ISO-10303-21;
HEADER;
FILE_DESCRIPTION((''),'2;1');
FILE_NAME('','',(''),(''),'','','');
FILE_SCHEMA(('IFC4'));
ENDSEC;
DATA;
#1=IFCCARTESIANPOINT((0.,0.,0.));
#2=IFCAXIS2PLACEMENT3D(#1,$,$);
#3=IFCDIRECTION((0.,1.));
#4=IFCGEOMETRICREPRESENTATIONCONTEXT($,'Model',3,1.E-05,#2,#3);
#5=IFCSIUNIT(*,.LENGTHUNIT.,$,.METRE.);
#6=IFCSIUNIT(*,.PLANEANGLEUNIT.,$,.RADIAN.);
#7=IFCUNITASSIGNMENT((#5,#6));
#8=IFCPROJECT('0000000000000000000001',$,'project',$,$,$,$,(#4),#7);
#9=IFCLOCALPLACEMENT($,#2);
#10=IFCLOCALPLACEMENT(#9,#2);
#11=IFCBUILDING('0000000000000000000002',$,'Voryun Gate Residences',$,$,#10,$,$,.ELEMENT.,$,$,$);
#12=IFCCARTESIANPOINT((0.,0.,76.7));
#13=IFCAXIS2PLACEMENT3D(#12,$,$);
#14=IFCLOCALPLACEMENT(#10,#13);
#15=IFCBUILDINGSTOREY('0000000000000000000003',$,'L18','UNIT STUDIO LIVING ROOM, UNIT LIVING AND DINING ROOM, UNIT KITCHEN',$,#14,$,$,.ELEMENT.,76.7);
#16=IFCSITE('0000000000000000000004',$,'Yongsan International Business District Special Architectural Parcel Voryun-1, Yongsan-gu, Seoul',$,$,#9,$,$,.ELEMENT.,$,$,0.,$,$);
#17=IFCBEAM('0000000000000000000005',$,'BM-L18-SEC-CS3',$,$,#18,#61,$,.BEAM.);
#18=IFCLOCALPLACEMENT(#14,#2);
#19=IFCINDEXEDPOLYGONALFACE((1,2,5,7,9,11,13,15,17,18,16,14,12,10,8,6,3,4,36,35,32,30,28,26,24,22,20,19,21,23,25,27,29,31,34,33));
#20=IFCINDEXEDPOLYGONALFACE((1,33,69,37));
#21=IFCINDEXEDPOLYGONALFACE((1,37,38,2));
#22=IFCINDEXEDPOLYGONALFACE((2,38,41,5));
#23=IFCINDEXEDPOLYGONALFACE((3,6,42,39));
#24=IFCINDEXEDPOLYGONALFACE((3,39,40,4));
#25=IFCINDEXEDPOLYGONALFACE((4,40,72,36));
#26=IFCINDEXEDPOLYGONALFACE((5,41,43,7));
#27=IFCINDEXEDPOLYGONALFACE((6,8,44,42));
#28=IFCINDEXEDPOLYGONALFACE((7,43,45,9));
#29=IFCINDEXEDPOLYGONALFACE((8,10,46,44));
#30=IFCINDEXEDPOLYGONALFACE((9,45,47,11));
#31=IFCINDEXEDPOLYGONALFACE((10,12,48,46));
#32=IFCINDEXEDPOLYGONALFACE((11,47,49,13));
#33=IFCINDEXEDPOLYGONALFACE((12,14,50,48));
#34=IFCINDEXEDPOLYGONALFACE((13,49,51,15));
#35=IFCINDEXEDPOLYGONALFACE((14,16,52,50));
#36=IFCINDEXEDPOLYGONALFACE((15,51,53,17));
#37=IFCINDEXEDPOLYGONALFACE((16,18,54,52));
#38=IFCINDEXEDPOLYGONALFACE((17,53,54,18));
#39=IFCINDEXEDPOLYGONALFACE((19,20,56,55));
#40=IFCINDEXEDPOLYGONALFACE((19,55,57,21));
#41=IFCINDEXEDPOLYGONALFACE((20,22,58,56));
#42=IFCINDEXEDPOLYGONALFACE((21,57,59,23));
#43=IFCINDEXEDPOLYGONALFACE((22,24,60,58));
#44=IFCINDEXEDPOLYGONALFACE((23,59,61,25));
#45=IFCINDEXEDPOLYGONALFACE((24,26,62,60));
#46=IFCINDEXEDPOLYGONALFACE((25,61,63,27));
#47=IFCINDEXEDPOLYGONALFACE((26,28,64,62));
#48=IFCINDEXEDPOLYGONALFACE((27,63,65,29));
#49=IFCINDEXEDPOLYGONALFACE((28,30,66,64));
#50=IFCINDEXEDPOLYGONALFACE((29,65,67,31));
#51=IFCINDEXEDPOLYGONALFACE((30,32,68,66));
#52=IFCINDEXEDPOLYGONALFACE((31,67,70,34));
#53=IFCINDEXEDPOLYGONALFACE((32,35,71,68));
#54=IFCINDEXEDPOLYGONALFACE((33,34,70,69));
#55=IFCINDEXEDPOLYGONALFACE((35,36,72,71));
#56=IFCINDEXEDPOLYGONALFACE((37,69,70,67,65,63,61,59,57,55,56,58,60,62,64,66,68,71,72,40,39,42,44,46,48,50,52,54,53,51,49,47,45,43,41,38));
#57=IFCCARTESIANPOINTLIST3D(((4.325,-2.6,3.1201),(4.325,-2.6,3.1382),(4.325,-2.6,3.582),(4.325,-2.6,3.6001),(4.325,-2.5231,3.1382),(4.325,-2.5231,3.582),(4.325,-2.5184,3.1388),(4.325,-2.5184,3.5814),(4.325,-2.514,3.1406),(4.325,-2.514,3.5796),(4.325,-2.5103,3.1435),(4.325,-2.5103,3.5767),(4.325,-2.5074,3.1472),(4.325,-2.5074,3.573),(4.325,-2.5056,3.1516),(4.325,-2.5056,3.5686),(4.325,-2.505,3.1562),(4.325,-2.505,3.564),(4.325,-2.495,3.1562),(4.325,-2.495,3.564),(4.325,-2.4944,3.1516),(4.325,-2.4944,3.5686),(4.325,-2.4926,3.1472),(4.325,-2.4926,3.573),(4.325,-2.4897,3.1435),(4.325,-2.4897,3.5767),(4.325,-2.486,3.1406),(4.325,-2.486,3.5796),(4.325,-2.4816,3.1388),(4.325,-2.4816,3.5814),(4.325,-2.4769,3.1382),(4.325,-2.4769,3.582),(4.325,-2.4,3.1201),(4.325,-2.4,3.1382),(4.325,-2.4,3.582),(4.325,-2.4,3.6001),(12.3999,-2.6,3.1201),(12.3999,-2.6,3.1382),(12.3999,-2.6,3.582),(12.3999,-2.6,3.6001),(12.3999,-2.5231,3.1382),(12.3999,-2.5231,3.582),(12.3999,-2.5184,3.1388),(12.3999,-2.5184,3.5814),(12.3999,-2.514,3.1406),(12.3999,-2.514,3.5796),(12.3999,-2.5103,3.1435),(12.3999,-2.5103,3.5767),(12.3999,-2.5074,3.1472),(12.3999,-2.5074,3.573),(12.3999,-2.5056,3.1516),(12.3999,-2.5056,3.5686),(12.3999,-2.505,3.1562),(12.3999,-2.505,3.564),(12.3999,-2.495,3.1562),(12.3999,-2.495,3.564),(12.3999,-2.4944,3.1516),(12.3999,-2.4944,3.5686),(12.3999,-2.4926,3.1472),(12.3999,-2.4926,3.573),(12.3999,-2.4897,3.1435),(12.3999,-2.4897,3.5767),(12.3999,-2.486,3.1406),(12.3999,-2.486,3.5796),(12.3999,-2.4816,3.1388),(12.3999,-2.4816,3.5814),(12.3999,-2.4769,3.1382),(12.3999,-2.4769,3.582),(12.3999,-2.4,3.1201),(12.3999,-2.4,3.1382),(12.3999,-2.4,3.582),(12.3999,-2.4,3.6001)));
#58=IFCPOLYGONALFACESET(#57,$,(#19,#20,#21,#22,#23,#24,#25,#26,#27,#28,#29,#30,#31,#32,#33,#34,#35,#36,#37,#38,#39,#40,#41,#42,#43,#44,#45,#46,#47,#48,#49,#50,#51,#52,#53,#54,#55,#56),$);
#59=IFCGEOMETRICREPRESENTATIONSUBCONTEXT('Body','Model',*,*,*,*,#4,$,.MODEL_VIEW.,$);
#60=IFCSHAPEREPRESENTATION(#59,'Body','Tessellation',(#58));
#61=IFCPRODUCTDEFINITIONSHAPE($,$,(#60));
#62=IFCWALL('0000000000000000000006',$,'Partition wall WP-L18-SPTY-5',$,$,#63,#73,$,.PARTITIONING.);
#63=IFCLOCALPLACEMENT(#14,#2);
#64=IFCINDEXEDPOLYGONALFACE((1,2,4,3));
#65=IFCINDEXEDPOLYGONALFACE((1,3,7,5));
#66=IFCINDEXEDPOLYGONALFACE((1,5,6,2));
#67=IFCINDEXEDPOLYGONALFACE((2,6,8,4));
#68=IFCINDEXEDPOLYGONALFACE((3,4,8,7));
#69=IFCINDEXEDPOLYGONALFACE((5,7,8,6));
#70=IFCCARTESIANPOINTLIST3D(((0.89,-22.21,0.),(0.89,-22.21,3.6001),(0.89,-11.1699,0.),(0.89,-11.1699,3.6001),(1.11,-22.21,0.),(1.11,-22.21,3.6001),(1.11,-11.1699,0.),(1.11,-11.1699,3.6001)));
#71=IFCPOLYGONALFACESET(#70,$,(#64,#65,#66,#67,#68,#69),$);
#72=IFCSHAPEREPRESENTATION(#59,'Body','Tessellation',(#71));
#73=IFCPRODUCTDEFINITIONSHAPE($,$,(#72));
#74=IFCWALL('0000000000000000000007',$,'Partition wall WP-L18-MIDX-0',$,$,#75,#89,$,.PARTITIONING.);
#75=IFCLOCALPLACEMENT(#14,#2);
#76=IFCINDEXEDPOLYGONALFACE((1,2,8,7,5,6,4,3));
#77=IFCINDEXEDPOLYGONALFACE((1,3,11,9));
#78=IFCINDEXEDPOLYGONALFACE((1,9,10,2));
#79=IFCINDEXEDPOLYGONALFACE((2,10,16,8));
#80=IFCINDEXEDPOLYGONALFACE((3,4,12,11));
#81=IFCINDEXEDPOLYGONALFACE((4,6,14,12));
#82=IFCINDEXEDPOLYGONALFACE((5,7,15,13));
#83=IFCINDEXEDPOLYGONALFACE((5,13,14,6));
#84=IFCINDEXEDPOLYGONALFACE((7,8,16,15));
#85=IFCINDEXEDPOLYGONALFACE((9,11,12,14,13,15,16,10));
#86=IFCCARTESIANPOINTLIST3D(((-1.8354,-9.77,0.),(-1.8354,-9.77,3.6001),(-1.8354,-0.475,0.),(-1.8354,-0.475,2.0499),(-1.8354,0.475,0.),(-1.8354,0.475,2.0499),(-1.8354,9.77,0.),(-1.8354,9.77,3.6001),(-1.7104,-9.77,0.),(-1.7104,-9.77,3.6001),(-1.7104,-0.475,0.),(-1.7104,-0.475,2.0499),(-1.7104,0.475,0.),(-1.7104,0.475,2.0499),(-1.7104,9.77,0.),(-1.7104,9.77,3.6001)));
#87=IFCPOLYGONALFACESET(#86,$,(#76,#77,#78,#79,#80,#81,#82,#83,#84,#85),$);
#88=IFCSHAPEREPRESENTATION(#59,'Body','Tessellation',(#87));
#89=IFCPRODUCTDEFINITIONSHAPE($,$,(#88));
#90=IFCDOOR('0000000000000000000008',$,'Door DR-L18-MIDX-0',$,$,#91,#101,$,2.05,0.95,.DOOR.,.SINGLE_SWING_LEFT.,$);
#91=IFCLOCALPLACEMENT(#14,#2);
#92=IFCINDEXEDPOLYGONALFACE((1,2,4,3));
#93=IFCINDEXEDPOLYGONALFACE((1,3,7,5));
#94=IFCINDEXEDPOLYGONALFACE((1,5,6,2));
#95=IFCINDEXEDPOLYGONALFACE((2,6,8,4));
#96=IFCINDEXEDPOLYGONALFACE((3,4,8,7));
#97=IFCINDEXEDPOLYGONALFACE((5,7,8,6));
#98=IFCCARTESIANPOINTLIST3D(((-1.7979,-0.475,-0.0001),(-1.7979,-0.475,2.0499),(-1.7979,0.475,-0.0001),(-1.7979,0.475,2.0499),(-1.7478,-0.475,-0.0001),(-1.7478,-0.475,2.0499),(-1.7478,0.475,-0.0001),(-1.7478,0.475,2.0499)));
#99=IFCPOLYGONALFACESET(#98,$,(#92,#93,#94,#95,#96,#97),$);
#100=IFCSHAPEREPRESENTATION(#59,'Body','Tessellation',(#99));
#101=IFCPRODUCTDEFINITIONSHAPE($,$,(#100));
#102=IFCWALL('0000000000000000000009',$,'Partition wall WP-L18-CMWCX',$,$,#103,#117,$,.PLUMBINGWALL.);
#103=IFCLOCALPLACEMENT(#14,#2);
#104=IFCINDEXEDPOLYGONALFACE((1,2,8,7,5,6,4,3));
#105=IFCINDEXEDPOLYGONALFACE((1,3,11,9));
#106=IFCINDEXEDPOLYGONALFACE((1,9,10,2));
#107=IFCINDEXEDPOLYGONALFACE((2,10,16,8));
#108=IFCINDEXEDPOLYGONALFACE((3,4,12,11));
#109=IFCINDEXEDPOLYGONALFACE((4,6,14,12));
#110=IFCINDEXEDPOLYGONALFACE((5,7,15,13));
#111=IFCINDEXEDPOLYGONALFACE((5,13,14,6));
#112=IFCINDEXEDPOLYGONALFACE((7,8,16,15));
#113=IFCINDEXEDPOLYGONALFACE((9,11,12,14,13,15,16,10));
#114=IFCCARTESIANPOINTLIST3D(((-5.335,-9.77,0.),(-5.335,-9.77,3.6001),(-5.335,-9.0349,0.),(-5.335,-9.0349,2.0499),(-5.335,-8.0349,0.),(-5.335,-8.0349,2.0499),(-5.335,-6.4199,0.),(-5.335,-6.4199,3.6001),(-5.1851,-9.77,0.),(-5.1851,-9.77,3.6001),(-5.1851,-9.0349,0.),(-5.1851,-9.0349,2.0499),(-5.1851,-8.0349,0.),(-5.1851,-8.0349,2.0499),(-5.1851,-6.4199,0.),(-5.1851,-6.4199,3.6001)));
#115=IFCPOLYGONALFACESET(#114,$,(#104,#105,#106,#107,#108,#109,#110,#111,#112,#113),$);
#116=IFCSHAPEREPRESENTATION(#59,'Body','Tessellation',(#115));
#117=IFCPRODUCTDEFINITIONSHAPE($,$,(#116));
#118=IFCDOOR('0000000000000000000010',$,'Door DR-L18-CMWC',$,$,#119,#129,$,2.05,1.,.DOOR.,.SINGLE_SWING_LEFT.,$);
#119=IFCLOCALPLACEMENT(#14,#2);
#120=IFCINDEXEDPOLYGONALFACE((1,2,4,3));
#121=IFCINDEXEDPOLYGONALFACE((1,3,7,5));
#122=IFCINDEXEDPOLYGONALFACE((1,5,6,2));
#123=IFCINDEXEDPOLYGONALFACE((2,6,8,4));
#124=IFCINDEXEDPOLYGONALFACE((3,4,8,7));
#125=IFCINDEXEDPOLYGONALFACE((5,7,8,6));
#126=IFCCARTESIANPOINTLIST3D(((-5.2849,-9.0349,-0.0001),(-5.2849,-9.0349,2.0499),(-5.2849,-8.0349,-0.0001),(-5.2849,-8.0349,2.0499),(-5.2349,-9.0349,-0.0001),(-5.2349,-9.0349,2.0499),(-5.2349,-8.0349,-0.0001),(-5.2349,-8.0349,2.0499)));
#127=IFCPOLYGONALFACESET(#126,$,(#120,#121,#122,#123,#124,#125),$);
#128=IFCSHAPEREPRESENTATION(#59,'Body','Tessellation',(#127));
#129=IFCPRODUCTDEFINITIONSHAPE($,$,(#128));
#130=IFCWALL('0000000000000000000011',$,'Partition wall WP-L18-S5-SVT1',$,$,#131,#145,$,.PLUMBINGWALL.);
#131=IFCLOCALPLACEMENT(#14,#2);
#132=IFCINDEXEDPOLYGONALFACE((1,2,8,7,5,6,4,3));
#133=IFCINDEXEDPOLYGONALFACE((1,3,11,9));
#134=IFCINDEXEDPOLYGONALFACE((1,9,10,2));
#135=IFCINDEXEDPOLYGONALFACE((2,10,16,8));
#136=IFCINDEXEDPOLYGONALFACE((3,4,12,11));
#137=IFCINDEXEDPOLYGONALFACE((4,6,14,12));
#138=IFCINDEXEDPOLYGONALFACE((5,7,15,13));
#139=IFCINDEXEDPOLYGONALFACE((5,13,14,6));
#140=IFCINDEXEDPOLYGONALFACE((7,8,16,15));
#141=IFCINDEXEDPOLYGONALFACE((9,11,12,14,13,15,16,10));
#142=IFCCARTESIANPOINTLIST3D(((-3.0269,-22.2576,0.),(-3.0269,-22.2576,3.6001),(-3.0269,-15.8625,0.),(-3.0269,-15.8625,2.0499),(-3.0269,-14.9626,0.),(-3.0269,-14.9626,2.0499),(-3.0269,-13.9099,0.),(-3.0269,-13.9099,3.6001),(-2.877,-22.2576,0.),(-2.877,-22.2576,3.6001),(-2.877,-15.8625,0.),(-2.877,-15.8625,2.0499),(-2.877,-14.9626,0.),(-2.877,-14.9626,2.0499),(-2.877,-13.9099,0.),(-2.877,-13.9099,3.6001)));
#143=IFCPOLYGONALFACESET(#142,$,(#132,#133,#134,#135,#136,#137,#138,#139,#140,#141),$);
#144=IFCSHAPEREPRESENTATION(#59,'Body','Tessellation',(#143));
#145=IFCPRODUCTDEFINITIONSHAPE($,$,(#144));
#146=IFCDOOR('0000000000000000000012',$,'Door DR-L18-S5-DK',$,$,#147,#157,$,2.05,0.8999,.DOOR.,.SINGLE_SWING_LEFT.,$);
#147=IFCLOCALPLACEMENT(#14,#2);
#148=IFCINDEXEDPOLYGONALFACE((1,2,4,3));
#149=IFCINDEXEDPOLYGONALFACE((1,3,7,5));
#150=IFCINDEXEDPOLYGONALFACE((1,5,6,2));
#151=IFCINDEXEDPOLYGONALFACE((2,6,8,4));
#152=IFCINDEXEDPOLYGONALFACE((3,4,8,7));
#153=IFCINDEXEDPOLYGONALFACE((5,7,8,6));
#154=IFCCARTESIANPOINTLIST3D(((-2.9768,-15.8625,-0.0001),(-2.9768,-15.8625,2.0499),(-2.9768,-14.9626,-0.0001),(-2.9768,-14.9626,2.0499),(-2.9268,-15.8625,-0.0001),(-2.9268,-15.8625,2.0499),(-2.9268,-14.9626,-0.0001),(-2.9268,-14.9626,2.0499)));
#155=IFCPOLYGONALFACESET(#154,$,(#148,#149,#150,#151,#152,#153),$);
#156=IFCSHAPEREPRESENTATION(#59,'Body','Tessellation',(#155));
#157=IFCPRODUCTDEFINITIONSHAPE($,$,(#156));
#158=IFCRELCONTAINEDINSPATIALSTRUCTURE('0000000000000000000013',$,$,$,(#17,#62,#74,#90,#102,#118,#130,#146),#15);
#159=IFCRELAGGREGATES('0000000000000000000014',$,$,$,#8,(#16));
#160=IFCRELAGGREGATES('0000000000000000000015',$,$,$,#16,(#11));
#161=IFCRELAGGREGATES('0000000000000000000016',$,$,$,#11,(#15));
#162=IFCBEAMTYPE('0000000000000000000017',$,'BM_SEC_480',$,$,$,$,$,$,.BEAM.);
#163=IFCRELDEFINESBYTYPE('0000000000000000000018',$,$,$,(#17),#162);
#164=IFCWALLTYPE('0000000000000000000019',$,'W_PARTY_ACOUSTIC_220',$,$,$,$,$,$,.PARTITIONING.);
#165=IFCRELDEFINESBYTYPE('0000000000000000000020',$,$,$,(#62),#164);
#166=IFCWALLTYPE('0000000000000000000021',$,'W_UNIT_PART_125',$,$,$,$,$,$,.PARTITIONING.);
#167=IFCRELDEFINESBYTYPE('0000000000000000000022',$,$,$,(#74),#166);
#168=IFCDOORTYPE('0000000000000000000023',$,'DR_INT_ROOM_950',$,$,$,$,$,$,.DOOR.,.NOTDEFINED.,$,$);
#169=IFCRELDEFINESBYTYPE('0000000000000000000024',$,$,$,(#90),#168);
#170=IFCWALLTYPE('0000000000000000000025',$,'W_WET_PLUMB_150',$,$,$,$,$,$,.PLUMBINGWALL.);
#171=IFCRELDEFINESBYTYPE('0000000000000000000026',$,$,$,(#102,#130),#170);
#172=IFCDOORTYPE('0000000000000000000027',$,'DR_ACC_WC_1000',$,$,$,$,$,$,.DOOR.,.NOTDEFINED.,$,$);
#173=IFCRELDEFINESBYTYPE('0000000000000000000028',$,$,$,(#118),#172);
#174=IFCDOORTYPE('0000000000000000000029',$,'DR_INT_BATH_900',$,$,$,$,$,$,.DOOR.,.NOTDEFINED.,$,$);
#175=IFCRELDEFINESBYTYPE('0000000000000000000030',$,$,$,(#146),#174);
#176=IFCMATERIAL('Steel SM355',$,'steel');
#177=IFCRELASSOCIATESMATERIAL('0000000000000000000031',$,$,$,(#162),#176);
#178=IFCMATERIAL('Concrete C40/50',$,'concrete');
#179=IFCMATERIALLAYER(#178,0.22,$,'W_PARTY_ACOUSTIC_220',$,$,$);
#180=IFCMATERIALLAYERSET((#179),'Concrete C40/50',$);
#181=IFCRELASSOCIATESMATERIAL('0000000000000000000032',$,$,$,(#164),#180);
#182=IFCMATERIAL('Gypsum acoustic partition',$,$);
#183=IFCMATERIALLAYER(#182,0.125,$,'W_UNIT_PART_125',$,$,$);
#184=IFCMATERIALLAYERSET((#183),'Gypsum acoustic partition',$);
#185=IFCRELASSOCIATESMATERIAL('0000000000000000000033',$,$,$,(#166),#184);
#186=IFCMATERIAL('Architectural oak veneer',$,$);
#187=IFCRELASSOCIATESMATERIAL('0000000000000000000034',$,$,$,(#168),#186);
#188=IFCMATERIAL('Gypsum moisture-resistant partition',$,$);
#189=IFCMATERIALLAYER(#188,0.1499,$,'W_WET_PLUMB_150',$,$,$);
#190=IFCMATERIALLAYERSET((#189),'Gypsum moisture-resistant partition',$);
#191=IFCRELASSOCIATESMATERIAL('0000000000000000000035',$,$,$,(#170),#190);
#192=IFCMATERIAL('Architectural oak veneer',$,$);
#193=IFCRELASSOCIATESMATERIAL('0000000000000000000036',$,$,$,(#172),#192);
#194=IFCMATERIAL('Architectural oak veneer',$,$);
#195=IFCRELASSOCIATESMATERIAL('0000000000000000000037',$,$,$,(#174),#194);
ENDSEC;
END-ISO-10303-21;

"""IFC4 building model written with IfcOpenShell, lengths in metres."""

from ifc_helpers import new_model, si_unit, direction, frame, frame_2d, origin, origin_2d, place, context, subcontext, project, spatial, rectangle, i_section, extrude, material, layer, layer_set, material_profile, profile_set, type_object, element, fill, save


model = new_model("IFC4")

# Units and contexts
model_context = context("Model", 3, precision=1e-05, world=origin(), true_north=direction((0.0, 1.0)))
body_context = subcontext(model_context, "Body", "Model", "MODEL_VIEW")
ifc_project = project(units=[si_unit("LENGTHUNIT", "METRE"), si_unit("PLANEANGLEUNIT", "RADIAN")], contexts=[model_context])

# Site, building, storey
site_placement = place(None, origin())
site = spatial("IfcSite", under=ifc_project, at=site_placement, Name="Yongsan International Business District Special Architectural Parcel Voryun-1, Yongsan-gu, Seoul", CompositionType="ELEMENT", RefElevation=0.0)
building_placement = place(site_placement, origin())
building = spatial("IfcBuilding", under=site, at=building_placement, Name="Voryun Gate Residences", CompositionType="ELEMENT")
storey_placement = place(building_placement, frame((0.0, 0.0, 76.7)))
storey = spatial("IfcBuildingStorey", under=building, at=storey_placement, Name="L18", Description="UNIT STUDIO LIVING ROOM, UNIT LIVING AND DINING ROOM, UNIT KITCHEN", CompositionType="ELEMENT", Elevation=76.7)

# Beam
ifc_material_1 = material(Name="Steel SM355", Category="steel")
ifc_material_profile_1 = material_profile(ifc_material_1, i_section(OverallWidth=0.2, OverallDepth=0.48, WebThickness=0.01, FlangeThickness=0.0181, FilletRadius=0.0181, at=origin_2d()), Name="H-480x200x10x18")
ifc_profile_set_1 = profile_set([ifc_material_profile_1], Name="Steel SM355")
beam_type_1 = type_object("IfcBeamType", Name="BM_SEC_480", PredefinedType="BEAM", material=ifc_profile_set_1)
beam_1_placement = place(storey_placement, frame((4.325, -2.5, 3.3601), z_axis=(1.0, 0.0, 0.0), x_axis=(0.0, 1.0, 0.0)))
element("IfcBeam", 1, at=beam_1_placement, inside=storey, type_object=beam_type_1, Name="BM-L18-SEC-CS3", PredefinedType="BEAM", context=body_context, shape_type="SweptSolid", body=[
    extrude(i_section(OverallWidth=0.2, OverallDepth=0.48, WebThickness=0.01, FlangeThickness=0.0181, FilletRadius=0.0181, at=origin_2d()), origin(), (0.0, 0.0, 1.0), 8.075),
])

# Wall
ifc_material_2 = material(Name="Concrete C40/50", Category="concrete")
ifc_layer_1 = layer(ifc_material_2, 0.22, Name="W_PARTY_ACOUSTIC_220")
ifc_layer_set_1 = layer_set([ifc_layer_1], Name="Concrete C40/50")
wall_type_1 = type_object("IfcWallType", Name="W_PARTY_ACOUSTIC_220", PredefinedType="PARTITIONING", material=ifc_layer_set_1)
wall_1_placement = place(storey_placement, frame((1.0, -22.21, 0.0), z_axis=(0.0, 0.0, 1.0), x_axis=(0.0, 1.0, 0.0)))
element("IfcWall", 2, at=wall_1_placement, inside=storey, type_object=wall_type_1, Name="Partition wall WP-L18-SPTY-5", PredefinedType="PARTITIONING", context=body_context, shape_type="SweptSolid", body=[
    extrude(rectangle(XDim=11.04, YDim=0.22, at=frame_2d((5.52, 0.0))), origin(), (0.0, 0.0, 1.0), 3.6001),
])

# Walls, openings, doors
ifc_material_3 = material(Name="Gypsum acoustic partition")
ifc_layer_2 = layer(ifc_material_3, 0.125, Name="W_UNIT_PART_125")
ifc_layer_set_2 = layer_set([ifc_layer_2], Name="Gypsum acoustic partition")
wall_type_2 = type_object("IfcWallType", Name="W_UNIT_PART_125", PredefinedType="PARTITIONING", material=ifc_layer_set_2)
wall_2_placement = place(storey_placement, frame((-1.7729, -9.77, 0.0), z_axis=(0.0, 0.0, 1.0), x_axis=(0.0, 1.0, 0.0)))
wall_2 = element("IfcWall", 3, at=wall_2_placement, inside=storey, type_object=wall_type_2, Name="Partition wall WP-L18-MIDX-0", PredefinedType="PARTITIONING", context=body_context, shape_type="SweptSolid", body=[
    extrude(rectangle(XDim=19.54, YDim=0.125, at=frame_2d((9.77, 0.0))), origin(), (0.0, 0.0, 1.0), 3.6001),
])
opening_1_placement = place(wall_2_placement, frame((9.2949, 0.0, 0.0)))
opening_1 = element("IfcOpeningElement", 4, at=opening_1_placement, cuts=wall_2, PredefinedType="OPENING", context=body_context, shape_type="SweptSolid", body=[
    extrude(rectangle(XDim=0.95, YDim=2.05, at=frame_2d((0.4751, 1.0249))), frame((0.0, 0.0725, 0.0), z_axis=(0.0, -1.0, 0.0), x_axis=(1.0, 0.0, 0.0)), (0.0, 0.0, 1.0), 0.145),
])
ifc_material_4 = material(Name="Architectural oak veneer")
door_type_1 = type_object("IfcDoorType", Name="DR_INT_ROOM_950", OperationType="NOTDEFINED", PredefinedType="DOOR", material=ifc_material_4)
door_1_placement = place(opening_1_placement, origin())
door_1 = element("IfcDoor", 5, at=door_1_placement, inside=storey, type_object=door_type_1, Name="Door DR-L18-MIDX-0", OperationType="SINGLE_SWING_LEFT", OverallHeight=2.05, OverallWidth=0.95, PredefinedType="DOOR", context=body_context, shape_type="SweptSolid", body=[
    extrude(rectangle(XDim=0.95, YDim=2.05, at=frame_2d((0.4751, 1.0249))), frame((0.0, 0.0249, 0.0), z_axis=(0.0, -1.0, 0.0), x_axis=(1.0, 0.0, 0.0)), (0.0, 0.0, 1.0), 0.05),
])
fill(opening_1, door_1)
ifc_material_5 = material(Name="Gypsum moisture-resistant partition")
ifc_layer_3 = layer(ifc_material_5, 0.1499, Name="W_WET_PLUMB_150")
ifc_layer_set_3 = layer_set([ifc_layer_3], Name="Gypsum moisture-resistant partition")
wall_type_3 = type_object("IfcWallType", Name="W_WET_PLUMB_150", PredefinedType="PLUMBINGWALL", material=ifc_layer_set_3)
wall_3_placement = place(storey_placement, frame((-5.26, -9.77, 0.0), z_axis=(0.0, 0.0, 1.0), x_axis=(0.0, 1.0, 0.0)))
wall_3 = element("IfcWall", 6, at=wall_3_placement, inside=storey, type_object=wall_type_3, Name="Partition wall WP-L18-CMWCX", PredefinedType="PLUMBINGWALL", context=body_context, shape_type="SweptSolid", body=[
    extrude(rectangle(XDim=3.3501, YDim=0.1499, at=frame_2d((1.675, 0.0))), origin(), (0.0, 0.0, 1.0), 3.6001),
])
opening_2_placement = place(wall_3_placement, frame((0.7351, 0.0, 0.0)))
opening_2 = element("IfcOpeningElement", 7, at=opening_2_placement, cuts=wall_3, PredefinedType="OPENING", context=body_context, shape_type="SweptSolid", body=[
    extrude(rectangle(XDim=1.0, YDim=2.05, at=frame_2d((0.5, 1.0249))), frame((0.0, 0.085, 0.0), z_axis=(0.0, -1.0, 0.0), x_axis=(1.0, 0.0, 0.0)), (0.0, 0.0, 1.0), 0.1699),
])
ifc_material_6 = material(Name="Architectural oak veneer")
door_type_2 = type_object("IfcDoorType", Name="DR_ACC_WC_1000", OperationType="NOTDEFINED", PredefinedType="DOOR", material=ifc_material_6)
door_2_placement = place(opening_2_placement, origin())
door_2 = element("IfcDoor", 8, at=door_2_placement, inside=storey, type_object=door_type_2, Name="Door DR-L18-CMWC", OperationType="SINGLE_SWING_LEFT", OverallHeight=2.05, OverallWidth=1.0, PredefinedType="DOOR", context=body_context, shape_type="SweptSolid", body=[
    extrude(rectangle(XDim=1.0, YDim=2.05, at=frame_2d((0.5, 1.0249))), frame((0.0, 0.0249, 0.0), z_axis=(0.0, -1.0, 0.0), x_axis=(1.0, 0.0, 0.0)), (0.0, 0.0, 1.0), 0.05),
])
fill(opening_2, door_2)
wall_4_placement = place(storey_placement, frame((-2.9519, -22.2576, 0.0), z_axis=(0.0, 0.0, 1.0), x_axis=(0.0, 1.0, 0.0)))
wall_4 = element("IfcWall", 9, at=wall_4_placement, inside=storey, type_object=wall_type_3, Name="Partition wall WP-L18-S5-SVT1", PredefinedType="PLUMBINGWALL", context=body_context, shape_type="SweptSolid", body=[
    extrude(rectangle(XDim=8.3477, YDim=0.1499, at=frame_2d((4.1738, 0.0))), origin(), (0.0, 0.0, 1.0), 3.6001),
])
opening_3_placement = place(wall_4_placement, frame((6.395, 0.0, 0.0)))
opening_3 = element("IfcOpeningElement", 10, at=opening_3_placement, cuts=wall_4, PredefinedType="OPENING", context=body_context, shape_type="SweptSolid", body=[
    extrude(rectangle(XDim=0.8999, YDim=2.05, at=frame_2d((0.45, 1.0249))), frame((0.0, 0.085, 0.0), z_axis=(0.0, -1.0, 0.0), x_axis=(1.0, 0.0, 0.0)), (0.0, 0.0, 1.0), 0.1699),
])
ifc_material_7 = material(Name="Architectural oak veneer")
door_type_3 = type_object("IfcDoorType", Name="DR_INT_BATH_900", OperationType="NOTDEFINED", PredefinedType="DOOR", material=ifc_material_7)
door_3_placement = place(opening_3_placement, origin())
door_3 = element("IfcDoor", 11, at=door_3_placement, inside=storey, type_object=door_type_3, Name="Door DR-L18-S5-DK", OperationType="SINGLE_SWING_LEFT", OverallHeight=2.05, OverallWidth=0.8999, PredefinedType="DOOR", context=body_context, shape_type="SweptSolid", body=[
    extrude(rectangle(XDim=0.8999, YDim=2.05, at=frame_2d((0.45, 1.0249))), frame((0.0, 0.0249, 0.0), z_axis=(0.0, -1.0, 0.0), x_axis=(1.0, 0.0, 0.0)), (0.0, 0.0, 1.0), 0.05),
])
fill(opening_3, door_3)

save(model, "model.ifc")
